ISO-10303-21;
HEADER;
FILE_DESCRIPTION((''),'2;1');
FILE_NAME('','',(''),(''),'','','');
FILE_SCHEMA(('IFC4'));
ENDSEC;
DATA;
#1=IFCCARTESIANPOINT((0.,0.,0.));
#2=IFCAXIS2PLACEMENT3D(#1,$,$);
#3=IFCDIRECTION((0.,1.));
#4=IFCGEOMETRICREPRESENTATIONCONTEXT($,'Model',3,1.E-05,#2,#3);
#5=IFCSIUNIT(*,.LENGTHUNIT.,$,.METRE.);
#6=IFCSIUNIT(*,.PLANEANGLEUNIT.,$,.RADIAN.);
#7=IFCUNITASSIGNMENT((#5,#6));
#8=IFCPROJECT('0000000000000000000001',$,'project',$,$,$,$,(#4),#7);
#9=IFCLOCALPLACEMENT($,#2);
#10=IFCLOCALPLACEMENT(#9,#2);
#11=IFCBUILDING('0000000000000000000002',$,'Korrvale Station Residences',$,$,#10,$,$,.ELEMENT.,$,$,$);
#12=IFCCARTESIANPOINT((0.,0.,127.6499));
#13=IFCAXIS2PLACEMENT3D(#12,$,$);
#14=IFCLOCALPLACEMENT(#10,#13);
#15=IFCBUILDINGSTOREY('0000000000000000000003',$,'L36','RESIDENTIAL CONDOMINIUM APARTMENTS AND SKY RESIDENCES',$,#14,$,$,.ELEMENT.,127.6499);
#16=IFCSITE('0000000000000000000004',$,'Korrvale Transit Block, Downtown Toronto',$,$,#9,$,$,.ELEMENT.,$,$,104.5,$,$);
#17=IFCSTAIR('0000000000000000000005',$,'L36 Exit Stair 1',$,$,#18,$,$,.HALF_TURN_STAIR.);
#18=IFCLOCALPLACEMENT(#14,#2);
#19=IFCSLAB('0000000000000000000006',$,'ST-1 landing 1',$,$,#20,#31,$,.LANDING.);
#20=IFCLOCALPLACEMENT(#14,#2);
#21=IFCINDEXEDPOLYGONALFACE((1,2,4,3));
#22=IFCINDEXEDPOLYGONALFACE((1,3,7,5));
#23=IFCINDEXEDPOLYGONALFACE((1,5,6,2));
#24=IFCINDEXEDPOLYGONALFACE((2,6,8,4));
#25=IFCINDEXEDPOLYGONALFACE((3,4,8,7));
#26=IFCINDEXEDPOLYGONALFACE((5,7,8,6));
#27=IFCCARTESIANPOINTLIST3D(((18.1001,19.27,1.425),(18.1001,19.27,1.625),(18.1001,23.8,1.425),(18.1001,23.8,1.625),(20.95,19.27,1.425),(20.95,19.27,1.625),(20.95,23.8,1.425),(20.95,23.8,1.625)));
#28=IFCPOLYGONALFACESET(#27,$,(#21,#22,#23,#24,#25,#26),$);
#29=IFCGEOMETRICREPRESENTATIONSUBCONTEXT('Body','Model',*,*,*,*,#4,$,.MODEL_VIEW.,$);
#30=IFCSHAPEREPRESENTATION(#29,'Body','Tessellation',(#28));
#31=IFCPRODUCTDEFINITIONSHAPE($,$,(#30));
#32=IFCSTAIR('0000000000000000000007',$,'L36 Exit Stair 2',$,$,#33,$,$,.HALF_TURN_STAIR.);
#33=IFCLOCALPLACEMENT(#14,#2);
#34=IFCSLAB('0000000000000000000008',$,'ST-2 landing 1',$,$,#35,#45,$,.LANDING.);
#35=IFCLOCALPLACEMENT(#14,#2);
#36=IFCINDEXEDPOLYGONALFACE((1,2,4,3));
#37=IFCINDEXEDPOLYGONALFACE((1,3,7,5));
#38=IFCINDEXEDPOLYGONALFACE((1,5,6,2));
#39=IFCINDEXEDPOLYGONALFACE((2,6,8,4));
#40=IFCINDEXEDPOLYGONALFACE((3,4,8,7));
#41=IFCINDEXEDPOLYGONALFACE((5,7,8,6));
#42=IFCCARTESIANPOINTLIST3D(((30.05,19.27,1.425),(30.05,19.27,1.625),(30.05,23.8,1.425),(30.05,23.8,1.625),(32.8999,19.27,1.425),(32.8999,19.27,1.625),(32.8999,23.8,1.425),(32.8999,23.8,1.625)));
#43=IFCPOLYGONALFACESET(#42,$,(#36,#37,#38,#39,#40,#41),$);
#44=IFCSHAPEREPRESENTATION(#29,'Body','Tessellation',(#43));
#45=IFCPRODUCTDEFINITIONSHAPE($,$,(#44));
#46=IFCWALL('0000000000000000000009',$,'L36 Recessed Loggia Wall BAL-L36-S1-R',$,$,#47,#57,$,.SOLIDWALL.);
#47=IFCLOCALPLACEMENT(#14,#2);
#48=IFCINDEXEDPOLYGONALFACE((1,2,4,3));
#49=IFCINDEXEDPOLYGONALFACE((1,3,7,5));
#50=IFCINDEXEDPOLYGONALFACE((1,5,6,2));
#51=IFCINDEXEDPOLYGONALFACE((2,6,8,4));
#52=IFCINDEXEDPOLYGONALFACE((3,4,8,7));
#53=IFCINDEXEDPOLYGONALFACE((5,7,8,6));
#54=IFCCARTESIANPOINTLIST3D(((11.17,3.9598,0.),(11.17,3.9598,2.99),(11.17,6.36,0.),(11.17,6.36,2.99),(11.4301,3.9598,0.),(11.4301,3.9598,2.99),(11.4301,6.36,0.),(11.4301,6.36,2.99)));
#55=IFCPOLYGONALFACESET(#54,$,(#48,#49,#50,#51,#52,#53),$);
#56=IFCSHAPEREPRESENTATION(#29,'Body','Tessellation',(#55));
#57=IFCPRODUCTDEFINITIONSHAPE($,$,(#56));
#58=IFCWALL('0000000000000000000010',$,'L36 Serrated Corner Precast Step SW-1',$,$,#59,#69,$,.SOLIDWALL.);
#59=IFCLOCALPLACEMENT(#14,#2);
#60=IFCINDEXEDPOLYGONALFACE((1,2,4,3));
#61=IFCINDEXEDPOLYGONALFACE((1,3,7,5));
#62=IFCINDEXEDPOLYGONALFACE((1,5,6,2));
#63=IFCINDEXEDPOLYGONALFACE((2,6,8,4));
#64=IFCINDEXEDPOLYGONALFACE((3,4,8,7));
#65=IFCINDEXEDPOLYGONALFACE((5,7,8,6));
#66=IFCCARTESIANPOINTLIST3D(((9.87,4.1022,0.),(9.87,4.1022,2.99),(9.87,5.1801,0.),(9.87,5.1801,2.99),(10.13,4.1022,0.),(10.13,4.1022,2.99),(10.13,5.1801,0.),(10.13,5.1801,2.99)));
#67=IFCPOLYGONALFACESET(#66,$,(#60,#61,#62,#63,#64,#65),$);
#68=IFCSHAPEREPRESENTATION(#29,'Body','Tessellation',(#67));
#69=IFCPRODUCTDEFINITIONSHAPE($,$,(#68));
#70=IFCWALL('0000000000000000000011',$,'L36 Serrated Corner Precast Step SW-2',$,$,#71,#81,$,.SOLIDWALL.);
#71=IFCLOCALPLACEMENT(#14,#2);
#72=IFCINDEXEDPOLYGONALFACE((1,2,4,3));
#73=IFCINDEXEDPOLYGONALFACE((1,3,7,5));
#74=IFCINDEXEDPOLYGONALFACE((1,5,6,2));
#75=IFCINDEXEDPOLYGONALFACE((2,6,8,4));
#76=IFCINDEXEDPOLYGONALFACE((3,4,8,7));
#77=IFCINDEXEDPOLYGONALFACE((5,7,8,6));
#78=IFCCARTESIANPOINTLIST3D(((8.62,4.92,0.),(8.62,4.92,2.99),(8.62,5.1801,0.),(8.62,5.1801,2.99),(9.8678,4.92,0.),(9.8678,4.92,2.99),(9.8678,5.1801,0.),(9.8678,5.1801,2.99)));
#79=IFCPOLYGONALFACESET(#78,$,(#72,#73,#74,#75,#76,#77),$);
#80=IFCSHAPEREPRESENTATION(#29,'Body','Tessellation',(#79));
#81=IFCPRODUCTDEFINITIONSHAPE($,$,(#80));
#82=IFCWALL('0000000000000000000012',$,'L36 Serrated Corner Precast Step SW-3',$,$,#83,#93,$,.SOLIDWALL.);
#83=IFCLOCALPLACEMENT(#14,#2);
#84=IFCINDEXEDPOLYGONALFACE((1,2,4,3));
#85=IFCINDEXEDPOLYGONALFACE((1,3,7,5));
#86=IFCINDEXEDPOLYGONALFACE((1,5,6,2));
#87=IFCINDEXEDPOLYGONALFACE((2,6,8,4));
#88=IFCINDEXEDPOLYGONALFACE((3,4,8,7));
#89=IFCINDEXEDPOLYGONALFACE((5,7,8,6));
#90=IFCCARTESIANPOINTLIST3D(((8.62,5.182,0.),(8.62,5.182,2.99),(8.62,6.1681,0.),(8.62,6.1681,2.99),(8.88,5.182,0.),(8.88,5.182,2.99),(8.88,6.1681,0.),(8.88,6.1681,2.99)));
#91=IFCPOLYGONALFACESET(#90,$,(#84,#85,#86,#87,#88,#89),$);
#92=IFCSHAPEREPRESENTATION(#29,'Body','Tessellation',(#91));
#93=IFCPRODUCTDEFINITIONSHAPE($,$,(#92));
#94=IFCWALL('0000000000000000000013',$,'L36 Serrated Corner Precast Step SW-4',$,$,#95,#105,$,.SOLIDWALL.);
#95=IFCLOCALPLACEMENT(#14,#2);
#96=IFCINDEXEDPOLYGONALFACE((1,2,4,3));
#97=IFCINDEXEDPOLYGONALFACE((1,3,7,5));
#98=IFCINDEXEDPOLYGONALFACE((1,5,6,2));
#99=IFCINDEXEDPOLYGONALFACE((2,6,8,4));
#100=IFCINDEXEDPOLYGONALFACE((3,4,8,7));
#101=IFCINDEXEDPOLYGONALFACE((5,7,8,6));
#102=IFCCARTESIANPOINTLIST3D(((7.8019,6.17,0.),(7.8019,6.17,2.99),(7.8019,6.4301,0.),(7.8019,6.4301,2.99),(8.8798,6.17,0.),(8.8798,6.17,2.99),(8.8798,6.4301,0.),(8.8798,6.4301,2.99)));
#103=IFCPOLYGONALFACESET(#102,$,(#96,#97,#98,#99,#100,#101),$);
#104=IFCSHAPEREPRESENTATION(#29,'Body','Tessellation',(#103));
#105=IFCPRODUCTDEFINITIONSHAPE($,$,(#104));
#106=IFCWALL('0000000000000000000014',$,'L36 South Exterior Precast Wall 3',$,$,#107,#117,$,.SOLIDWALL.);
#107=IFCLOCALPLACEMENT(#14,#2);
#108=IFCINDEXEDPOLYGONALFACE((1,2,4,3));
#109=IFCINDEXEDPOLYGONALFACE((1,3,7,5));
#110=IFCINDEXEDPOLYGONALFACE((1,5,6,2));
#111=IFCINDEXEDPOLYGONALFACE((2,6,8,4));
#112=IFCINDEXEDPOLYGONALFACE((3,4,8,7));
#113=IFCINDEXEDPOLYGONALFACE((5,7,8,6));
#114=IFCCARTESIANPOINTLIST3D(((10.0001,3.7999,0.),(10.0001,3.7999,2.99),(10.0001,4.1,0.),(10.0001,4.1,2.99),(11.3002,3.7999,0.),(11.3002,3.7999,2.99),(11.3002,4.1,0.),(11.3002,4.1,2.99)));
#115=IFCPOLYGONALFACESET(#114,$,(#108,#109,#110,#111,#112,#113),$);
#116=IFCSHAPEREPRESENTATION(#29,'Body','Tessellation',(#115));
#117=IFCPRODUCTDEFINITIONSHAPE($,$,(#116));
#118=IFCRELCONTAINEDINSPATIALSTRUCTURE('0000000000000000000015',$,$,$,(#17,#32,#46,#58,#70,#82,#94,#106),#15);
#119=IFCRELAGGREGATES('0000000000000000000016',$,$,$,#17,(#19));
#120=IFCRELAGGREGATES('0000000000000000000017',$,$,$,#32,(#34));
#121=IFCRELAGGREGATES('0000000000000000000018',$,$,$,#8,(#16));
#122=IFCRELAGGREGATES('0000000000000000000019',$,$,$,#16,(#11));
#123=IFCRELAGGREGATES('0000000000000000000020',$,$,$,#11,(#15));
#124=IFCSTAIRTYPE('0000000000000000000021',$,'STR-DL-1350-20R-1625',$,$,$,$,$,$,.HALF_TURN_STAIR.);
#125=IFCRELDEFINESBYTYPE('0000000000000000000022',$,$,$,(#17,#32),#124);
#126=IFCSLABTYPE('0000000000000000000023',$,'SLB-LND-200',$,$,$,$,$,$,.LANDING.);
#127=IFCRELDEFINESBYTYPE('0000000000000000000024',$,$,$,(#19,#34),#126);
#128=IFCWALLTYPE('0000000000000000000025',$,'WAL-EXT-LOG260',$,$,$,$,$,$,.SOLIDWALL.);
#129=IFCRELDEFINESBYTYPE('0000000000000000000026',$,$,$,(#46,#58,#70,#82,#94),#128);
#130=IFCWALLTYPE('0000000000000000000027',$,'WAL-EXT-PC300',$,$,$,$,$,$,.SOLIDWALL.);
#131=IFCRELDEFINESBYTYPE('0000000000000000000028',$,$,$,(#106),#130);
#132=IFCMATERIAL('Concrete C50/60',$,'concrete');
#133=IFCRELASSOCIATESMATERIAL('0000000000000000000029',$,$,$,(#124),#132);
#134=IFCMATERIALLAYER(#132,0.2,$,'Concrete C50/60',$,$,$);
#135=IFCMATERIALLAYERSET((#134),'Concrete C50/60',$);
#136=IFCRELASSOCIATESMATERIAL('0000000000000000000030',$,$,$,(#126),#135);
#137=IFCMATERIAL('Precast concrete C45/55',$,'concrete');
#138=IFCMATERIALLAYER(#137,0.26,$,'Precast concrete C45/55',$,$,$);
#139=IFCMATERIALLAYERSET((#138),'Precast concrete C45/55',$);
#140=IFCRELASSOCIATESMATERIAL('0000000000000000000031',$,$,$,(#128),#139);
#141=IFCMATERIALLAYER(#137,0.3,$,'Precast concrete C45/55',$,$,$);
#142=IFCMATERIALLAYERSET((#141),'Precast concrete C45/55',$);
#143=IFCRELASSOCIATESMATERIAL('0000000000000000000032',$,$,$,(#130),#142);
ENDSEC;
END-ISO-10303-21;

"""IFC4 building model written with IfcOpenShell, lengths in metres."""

from ifc_helpers import new_model, si_unit, direction, frame, frame_2d, origin, place, context, subcontext, project, spatial, polyline, rectangle, outline, extrude, material, layer, layer_set, type_object, element, aggregate, save


model = new_model("IFC4")

# Units and contexts
model_context = context("Model", 3, precision=1e-05, world=origin(), true_north=direction((0.0, 1.0)))
body_context = subcontext(model_context, "Body", "Model", "MODEL_VIEW")
ifc_project = project(units=[si_unit("LENGTHUNIT", "METRE"), si_unit("PLANEANGLEUNIT", "RADIAN")], contexts=[model_context])

# Site, building, storey
site_placement = place(None, origin())
site = spatial("IfcSite", under=ifc_project, at=site_placement, Name="Korrvale Transit Block, Downtown Toronto", CompositionType="ELEMENT", RefElevation=104.5)
building_placement = place(site_placement, origin())
building = spatial("IfcBuilding", under=site, at=building_placement, Name="Korrvale Station Residences", CompositionType="ELEMENT")
storey_placement = place(building_placement, frame((0.0, 0.0, 127.6499)))
storey = spatial("IfcBuildingStorey", under=building, at=storey_placement, Name="L36", Description="RESIDENTIAL CONDOMINIUM APARTMENTS AND SKY RESIDENCES", CompositionType="ELEMENT", Elevation=127.6499)

# Shared definitions
ifc_material_1 = material(Name="Concrete C50/60", Category="concrete")

# Stairs, slabs
stair_type = type_object("IfcStairType", Name="STR-DL-1350-20R-1625", PredefinedType="HALF_TURN_STAIR", material=ifc_material_1)
stair_1_placement = place(storey_placement, origin())
stair_1 = element("IfcStair", 1, at=stair_1_placement, inside=storey, type_object=stair_type, Name="L36 Exit Stair 1", PredefinedType="HALF_TURN_STAIR")
ifc_layer_1 = layer(ifc_material_1, 0.2, Name="Concrete C50/60")
ifc_layer_set_1 = layer_set([ifc_layer_1], Name="Concrete C50/60")
slab_type_1 = type_object("IfcSlabType", Name="SLB-LND-200", PredefinedType="LANDING", material=ifc_layer_set_1)
slab_1_placement = place(storey_placement, frame((0.0, 0.0, 1.425)))
slab_1 = element("IfcSlab", 2, at=slab_1_placement, type_object=slab_type_1, Name="ST-1 landing 1", PredefinedType="LANDING", context=body_context, shape_type="SweptSolid", body=[
    extrude(outline(polyline([(20.95, 19.27), (20.95, 23.8), (18.1001, 23.8), (18.1001, 19.27), (20.95, 19.27)])), origin(), (0.0, 0.0, 1.0), 0.2),
])
aggregate(stair_1, [slab_1])
stair_2_placement = place(storey_placement, origin())
stair_2 = element("IfcStair", 3, at=stair_2_placement, inside=storey, type_object=stair_type, Name="L36 Exit Stair 2", PredefinedType="HALF_TURN_STAIR")
slab_2_placement = place(storey_placement, frame((0.0, 0.0, 1.425)))
slab_2 = element("IfcSlab", 4, at=slab_2_placement, type_object=slab_type_1, Name="ST-2 landing 1", PredefinedType="LANDING", context=body_context, shape_type="SweptSolid", body=[
    extrude(outline(polyline([(32.8999, 19.27), (32.8999, 23.8), (30.05, 23.8), (30.05, 19.27), (32.8999, 19.27)])), origin(), (0.0, 0.0, 1.0), 0.2),
])
aggregate(stair_2, [slab_2])

# Walls
ifc_material_2 = material(Name="Precast concrete C45/55", Category="concrete")
ifc_layer_2 = layer(ifc_material_2, 0.26, Name="Precast concrete C45/55")
ifc_layer_set_2 = layer_set([ifc_layer_2], Name="Precast concrete C45/55")
wall_type_1 = type_object("IfcWallType", Name="WAL-EXT-LOG260", PredefinedType="SOLIDWALL", material=ifc_layer_set_2)
wall_1_placement = place(storey_placement, frame((11.3, 6.3601, 0.0), z_axis=(0.0, 0.0, 1.0), x_axis=(0.0, -1.0, 0.0)))
element("IfcWall", 5, at=wall_1_placement, inside=storey, type_object=wall_type_1, Name="L36 Recessed Loggia Wall BAL-L36-S1-R", PredefinedType="SOLIDWALL", context=body_context, shape_type="SweptSolid", body=[
    extrude(rectangle(XDim=2.4001, YDim=0.26, at=frame_2d((1.2002, 0.0))), origin(), (0.0, 0.0, 1.0), 2.99),
])
wall_2_placement = place(storey_placement, frame((10.0, 4.1021, 0.0), z_axis=(0.0, 0.0, 1.0), x_axis=(0.0, 1.0, 0.0)))
element("IfcWall", 6, at=wall_2_placement, inside=storey, type_object=wall_type_1, Name="L36 Serrated Corner Precast Step SW-1", PredefinedType="SOLIDWALL", context=body_context, shape_type="SweptSolid", body=[
    extrude(rectangle(XDim=1.0779, YDim=0.26, at=frame_2d((0.5391, 0.0))), origin(), (0.0, 0.0, 1.0), 2.99),
])
wall_3_placement = place(storey_placement, frame((9.8679, 5.05, 0.0), z_axis=(0.0, 0.0, 1.0), x_axis=(-1.0, 0.0, 0.0)))
element("IfcWall", 7, at=wall_3_placement, inside=storey, type_object=wall_type_1, Name="L36 Serrated Corner Precast Step SW-2", PredefinedType="SOLIDWALL", context=body_context, shape_type="SweptSolid", body=[
    extrude(rectangle(XDim=1.2478, YDim=0.26, at=frame_2d((0.624, 0.0))), origin(), (0.0, 0.0, 1.0), 2.99),
])
wall_4_placement = place(storey_placement, frame((8.75, 5.1819, 0.0), z_axis=(0.0, 0.0, 1.0), x_axis=(0.0, 1.0, 0.0)))
element("IfcWall", 8, at=wall_4_placement, inside=storey, type_object=wall_type_1, Name="L36 Serrated Corner Precast Step SW-3", PredefinedType="SOLIDWALL", context=body_context, shape_type="SweptSolid", body=[
    extrude(rectangle(XDim=0.9861, YDim=0.26, at=frame_2d((0.4932, 0.0))), origin(), (0.0, 0.0, 1.0), 2.99),
])
wall_5_placement = place(storey_placement, frame((8.8799, 6.3, 0.0), z_axis=(0.0, 0.0, 1.0), x_axis=(-1.0, 0.0, 0.0)))
element("IfcWall", 9, at=wall_5_placement, inside=storey, type_object=wall_type_1, Name="L36 Serrated Corner Precast Step SW-4", PredefinedType="SOLIDWALL", context=body_context, shape_type="SweptSolid", body=[
    extrude(rectangle(XDim=1.0779, YDim=0.26, at=frame_2d((0.5391, 0.0))), origin(), (0.0, 0.0, 1.0), 2.99),
])
ifc_layer_3 = layer(ifc_material_2, 0.3, Name="Precast concrete C45/55")
ifc_layer_set_3 = layer_set([ifc_layer_3], Name="Precast concrete C45/55")
wall_type_2 = type_object("IfcWallType", Name="WAL-EXT-PC300", PredefinedType="SOLIDWALL", material=ifc_layer_set_3)
wall_6_placement = place(storey_placement, frame((11.3, 3.95, 0.0), z_axis=(0.0, 0.0, 1.0), x_axis=(-1.0, 0.0, 0.0)))
element("IfcWall", 10, at=wall_6_placement, inside=storey, type_object=wall_type_2, Name="L36 South Exterior Precast Wall 3", PredefinedType="SOLIDWALL", context=body_context, shape_type="SweptSolid", body=[
    extrude(rectangle(XDim=1.3, YDim=0.3, at=frame_2d((0.6499, 0.0))), origin(), (0.0, 0.0, 1.0), 2.99),
])

save(model, "model.ifc")
